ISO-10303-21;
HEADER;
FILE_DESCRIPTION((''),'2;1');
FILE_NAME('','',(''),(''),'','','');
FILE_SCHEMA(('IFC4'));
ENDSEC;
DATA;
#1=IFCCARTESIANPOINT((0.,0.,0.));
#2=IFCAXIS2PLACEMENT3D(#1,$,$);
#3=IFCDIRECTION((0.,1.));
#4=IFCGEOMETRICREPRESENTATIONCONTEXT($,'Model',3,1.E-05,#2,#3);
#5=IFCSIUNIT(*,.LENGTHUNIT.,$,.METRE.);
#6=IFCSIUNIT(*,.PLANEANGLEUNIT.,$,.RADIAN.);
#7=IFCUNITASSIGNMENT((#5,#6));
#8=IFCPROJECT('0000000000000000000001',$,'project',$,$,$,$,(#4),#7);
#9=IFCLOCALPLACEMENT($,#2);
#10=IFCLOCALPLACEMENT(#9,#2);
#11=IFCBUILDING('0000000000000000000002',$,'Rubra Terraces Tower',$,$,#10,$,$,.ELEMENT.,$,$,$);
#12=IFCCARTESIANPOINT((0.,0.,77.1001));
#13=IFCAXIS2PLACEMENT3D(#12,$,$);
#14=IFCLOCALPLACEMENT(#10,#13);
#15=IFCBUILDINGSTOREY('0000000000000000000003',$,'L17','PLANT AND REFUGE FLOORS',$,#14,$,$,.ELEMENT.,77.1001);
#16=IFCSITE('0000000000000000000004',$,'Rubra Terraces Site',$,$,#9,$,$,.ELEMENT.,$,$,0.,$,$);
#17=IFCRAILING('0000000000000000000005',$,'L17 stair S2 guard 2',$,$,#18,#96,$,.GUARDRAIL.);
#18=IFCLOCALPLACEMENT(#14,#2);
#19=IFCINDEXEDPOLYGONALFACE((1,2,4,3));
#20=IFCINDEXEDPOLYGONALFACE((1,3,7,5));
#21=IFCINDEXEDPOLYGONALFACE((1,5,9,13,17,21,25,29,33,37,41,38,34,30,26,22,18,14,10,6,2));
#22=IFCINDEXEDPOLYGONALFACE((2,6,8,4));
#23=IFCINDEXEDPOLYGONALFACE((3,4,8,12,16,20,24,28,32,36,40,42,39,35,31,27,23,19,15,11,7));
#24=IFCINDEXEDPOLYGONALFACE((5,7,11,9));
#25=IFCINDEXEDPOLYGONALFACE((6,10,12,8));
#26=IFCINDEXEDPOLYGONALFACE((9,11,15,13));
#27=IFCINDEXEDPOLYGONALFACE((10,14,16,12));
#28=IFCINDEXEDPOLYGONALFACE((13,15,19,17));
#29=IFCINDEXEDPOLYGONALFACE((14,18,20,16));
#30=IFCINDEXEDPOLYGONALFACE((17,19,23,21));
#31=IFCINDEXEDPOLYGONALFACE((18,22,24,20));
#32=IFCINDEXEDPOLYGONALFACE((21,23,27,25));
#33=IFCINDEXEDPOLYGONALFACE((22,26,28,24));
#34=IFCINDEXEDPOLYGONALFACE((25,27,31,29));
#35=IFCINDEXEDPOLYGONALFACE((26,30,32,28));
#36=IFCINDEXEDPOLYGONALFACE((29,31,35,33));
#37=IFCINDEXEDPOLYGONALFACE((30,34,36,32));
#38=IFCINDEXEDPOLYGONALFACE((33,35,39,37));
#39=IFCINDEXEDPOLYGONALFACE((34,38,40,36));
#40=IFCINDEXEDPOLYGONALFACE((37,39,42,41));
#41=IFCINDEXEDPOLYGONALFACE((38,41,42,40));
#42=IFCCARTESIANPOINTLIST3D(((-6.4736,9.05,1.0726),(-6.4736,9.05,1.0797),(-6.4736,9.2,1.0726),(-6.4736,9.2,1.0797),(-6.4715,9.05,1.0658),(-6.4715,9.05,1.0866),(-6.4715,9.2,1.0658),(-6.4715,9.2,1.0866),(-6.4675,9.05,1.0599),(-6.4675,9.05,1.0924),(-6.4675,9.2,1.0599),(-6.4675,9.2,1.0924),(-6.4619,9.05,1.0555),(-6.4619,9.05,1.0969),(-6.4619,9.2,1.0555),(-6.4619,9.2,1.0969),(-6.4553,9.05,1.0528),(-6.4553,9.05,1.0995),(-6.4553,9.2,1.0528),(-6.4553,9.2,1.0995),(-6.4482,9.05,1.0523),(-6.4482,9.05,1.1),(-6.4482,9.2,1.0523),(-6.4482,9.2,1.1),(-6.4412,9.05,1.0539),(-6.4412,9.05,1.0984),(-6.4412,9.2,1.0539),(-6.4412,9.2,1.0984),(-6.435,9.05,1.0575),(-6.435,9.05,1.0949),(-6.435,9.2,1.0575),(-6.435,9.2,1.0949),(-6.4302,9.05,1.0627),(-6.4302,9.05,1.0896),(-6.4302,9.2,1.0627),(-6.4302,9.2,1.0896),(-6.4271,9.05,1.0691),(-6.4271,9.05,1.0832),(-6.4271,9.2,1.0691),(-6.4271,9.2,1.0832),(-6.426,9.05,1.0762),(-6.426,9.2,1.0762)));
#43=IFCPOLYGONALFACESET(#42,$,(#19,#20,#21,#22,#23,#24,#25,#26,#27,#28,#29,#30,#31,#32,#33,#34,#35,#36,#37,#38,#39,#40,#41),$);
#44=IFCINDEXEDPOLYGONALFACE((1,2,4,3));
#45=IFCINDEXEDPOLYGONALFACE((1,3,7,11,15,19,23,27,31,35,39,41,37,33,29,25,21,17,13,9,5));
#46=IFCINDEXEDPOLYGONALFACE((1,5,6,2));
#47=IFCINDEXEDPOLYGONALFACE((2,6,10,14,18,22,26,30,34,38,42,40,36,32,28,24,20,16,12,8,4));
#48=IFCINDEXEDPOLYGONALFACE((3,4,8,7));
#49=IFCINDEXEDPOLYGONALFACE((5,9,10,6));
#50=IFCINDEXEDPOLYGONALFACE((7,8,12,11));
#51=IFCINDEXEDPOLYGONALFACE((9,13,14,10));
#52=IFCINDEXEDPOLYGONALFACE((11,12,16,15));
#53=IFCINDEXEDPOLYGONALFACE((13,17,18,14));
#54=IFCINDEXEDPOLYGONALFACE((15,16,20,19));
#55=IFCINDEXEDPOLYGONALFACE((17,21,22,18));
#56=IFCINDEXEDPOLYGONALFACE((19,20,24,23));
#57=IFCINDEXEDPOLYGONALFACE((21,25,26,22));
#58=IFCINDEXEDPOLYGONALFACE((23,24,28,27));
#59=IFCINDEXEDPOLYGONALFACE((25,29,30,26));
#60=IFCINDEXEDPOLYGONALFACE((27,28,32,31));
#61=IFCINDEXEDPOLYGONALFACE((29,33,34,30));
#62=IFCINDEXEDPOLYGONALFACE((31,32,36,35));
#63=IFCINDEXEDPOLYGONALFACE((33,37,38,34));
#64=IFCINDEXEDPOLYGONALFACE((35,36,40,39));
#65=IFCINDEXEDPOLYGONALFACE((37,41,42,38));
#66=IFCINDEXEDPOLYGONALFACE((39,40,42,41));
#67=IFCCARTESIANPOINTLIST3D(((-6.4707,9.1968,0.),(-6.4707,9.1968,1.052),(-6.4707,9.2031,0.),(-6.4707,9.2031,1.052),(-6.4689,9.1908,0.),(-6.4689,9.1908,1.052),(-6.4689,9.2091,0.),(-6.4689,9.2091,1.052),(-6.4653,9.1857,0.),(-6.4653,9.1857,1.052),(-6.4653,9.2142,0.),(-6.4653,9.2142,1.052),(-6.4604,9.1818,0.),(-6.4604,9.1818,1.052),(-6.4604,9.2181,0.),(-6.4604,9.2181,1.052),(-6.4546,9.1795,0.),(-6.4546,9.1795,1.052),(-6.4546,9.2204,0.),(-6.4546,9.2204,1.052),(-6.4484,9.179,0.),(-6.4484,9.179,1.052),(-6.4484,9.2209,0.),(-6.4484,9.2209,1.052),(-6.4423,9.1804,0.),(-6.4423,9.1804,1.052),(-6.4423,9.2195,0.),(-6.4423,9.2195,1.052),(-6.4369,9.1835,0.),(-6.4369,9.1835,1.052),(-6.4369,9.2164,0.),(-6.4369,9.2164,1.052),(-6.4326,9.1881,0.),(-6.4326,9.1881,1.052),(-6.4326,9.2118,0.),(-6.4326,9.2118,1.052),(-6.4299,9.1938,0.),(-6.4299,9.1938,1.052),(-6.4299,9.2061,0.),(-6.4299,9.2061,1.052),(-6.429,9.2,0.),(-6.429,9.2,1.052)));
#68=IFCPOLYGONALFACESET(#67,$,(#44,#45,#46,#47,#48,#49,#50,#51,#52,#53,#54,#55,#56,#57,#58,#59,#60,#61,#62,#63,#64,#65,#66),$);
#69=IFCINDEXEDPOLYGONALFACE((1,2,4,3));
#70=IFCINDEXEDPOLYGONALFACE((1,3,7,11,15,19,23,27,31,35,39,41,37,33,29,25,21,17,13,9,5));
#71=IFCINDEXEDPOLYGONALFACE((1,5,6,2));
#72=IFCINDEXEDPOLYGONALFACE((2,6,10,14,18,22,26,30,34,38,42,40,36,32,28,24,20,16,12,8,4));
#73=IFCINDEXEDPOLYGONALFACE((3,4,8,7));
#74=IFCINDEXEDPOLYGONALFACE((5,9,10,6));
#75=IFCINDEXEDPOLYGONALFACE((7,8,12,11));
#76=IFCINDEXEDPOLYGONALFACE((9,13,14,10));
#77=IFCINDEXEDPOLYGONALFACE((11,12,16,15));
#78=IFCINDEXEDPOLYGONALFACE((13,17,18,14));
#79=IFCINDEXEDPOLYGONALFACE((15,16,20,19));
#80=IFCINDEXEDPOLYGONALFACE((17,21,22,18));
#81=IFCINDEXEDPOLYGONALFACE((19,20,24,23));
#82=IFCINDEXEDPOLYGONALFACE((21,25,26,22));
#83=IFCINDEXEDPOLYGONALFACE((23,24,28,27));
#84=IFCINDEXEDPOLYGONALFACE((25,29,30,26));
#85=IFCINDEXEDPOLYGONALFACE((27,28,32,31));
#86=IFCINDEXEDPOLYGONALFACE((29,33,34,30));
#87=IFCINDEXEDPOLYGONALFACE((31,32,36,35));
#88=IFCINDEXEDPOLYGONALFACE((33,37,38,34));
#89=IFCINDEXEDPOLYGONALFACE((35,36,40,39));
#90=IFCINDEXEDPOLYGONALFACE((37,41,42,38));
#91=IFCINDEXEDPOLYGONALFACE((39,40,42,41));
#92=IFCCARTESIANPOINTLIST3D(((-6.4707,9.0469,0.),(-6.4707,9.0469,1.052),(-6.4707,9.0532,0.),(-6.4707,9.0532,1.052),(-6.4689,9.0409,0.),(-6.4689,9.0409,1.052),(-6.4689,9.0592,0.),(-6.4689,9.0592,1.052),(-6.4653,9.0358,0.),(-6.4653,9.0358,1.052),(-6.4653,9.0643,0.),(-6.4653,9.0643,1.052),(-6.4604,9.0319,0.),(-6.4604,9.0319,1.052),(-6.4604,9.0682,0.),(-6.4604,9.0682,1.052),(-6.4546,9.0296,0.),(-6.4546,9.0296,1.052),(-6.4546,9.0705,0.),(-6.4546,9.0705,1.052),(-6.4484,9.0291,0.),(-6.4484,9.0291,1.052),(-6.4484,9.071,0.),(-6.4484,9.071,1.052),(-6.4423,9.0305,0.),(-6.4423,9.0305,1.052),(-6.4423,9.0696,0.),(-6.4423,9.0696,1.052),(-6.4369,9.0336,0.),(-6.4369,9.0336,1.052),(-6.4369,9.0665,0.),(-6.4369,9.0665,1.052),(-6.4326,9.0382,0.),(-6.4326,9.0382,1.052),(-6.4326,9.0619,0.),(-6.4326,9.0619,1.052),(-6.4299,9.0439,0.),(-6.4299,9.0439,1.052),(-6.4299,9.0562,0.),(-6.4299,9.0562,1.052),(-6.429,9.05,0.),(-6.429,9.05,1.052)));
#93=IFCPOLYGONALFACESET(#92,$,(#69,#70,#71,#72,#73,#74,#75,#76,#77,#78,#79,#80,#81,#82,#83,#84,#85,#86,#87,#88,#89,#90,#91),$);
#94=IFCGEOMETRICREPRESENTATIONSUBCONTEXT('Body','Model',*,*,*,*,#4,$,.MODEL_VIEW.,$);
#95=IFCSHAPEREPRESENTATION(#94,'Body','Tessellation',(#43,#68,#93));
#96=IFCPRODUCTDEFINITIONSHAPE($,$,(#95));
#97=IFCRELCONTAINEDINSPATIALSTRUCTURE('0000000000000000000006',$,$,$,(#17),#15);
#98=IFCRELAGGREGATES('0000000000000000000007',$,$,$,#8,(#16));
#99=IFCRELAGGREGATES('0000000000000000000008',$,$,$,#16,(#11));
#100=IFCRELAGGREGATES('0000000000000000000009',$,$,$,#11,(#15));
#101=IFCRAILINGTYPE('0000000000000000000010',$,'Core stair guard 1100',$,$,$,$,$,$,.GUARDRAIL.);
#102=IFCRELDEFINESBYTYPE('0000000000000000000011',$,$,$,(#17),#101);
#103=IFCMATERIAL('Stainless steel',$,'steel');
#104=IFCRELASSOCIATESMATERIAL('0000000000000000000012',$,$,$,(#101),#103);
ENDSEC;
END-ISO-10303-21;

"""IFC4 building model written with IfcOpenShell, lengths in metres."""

from ifc_helpers import new_model, si_unit, direction, frame, origin, origin_2d, place, context, subcontext, project, spatial, circle, extrude, material, type_object, element, save


model = new_model("IFC4")

# Units and contexts
model_context = context("Model", 3, precision=1e-05, world=origin(), true_north=direction((0.0, 1.0)))
body_context = subcontext(model_context, "Body", "Model", "MODEL_VIEW")
ifc_project = project(units=[si_unit("LENGTHUNIT", "METRE"), si_unit("PLANEANGLEUNIT", "RADIAN")], contexts=[model_context])

# Site, building, storey
site_placement = place(None, origin())
site = spatial("IfcSite", under=ifc_project, at=site_placement, Name="Rubra Terraces Site", CompositionType="ELEMENT", RefElevation=0.0)
building_placement = place(site_placement, origin())
building = spatial("IfcBuilding", under=site, at=building_placement, Name="Rubra Terraces Tower", CompositionType="ELEMENT")
storey_placement = place(building_placement, frame((0.0, 0.0, 77.1001)))
storey = spatial("IfcBuildingStorey", under=building, at=storey_placement, Name="L17", Description="PLANT AND REFUGE FLOORS", CompositionType="ELEMENT", Elevation=77.1001)

# Shared definitions
ifc_material_1 = material(Name="Stainless steel", Category="steel")

# Railing
railing_type_1 = type_object("IfcRailingType", Name="Core stair guard 1100", PredefinedType="GUARDRAIL", material=ifc_material_1)
railing_1_placement = place(storey_placement, frame((-6.45, 9.2, 0.0)))
element("IfcRailing", 1, at=railing_1_placement, inside=storey, type_object=railing_type_1, Name="L17 stair S2 guard 2", PredefinedType="GUARDRAIL", context=body_context, shape_type="SweptSolid", body=[
    extrude(circle(Radius=0.0239, at=origin_2d()), frame((0.0, 0.0, 1.0762), z_axis=(0.0, -1.0, 0.0), x_axis=(1.0, 0.0, 0.0)), (0.0, 0.0, 1.0), 0.1499),
    extrude(circle(Radius=0.021, at=origin_2d()), origin(), (0.0, 0.0, 1.0), 1.052),
    extrude(circle(Radius=0.021, at=origin_2d()), frame((0.0, -0.1499, 0.0)), (0.0, 0.0, 1.0), 1.052),
])

save(model, "model.ifc")
